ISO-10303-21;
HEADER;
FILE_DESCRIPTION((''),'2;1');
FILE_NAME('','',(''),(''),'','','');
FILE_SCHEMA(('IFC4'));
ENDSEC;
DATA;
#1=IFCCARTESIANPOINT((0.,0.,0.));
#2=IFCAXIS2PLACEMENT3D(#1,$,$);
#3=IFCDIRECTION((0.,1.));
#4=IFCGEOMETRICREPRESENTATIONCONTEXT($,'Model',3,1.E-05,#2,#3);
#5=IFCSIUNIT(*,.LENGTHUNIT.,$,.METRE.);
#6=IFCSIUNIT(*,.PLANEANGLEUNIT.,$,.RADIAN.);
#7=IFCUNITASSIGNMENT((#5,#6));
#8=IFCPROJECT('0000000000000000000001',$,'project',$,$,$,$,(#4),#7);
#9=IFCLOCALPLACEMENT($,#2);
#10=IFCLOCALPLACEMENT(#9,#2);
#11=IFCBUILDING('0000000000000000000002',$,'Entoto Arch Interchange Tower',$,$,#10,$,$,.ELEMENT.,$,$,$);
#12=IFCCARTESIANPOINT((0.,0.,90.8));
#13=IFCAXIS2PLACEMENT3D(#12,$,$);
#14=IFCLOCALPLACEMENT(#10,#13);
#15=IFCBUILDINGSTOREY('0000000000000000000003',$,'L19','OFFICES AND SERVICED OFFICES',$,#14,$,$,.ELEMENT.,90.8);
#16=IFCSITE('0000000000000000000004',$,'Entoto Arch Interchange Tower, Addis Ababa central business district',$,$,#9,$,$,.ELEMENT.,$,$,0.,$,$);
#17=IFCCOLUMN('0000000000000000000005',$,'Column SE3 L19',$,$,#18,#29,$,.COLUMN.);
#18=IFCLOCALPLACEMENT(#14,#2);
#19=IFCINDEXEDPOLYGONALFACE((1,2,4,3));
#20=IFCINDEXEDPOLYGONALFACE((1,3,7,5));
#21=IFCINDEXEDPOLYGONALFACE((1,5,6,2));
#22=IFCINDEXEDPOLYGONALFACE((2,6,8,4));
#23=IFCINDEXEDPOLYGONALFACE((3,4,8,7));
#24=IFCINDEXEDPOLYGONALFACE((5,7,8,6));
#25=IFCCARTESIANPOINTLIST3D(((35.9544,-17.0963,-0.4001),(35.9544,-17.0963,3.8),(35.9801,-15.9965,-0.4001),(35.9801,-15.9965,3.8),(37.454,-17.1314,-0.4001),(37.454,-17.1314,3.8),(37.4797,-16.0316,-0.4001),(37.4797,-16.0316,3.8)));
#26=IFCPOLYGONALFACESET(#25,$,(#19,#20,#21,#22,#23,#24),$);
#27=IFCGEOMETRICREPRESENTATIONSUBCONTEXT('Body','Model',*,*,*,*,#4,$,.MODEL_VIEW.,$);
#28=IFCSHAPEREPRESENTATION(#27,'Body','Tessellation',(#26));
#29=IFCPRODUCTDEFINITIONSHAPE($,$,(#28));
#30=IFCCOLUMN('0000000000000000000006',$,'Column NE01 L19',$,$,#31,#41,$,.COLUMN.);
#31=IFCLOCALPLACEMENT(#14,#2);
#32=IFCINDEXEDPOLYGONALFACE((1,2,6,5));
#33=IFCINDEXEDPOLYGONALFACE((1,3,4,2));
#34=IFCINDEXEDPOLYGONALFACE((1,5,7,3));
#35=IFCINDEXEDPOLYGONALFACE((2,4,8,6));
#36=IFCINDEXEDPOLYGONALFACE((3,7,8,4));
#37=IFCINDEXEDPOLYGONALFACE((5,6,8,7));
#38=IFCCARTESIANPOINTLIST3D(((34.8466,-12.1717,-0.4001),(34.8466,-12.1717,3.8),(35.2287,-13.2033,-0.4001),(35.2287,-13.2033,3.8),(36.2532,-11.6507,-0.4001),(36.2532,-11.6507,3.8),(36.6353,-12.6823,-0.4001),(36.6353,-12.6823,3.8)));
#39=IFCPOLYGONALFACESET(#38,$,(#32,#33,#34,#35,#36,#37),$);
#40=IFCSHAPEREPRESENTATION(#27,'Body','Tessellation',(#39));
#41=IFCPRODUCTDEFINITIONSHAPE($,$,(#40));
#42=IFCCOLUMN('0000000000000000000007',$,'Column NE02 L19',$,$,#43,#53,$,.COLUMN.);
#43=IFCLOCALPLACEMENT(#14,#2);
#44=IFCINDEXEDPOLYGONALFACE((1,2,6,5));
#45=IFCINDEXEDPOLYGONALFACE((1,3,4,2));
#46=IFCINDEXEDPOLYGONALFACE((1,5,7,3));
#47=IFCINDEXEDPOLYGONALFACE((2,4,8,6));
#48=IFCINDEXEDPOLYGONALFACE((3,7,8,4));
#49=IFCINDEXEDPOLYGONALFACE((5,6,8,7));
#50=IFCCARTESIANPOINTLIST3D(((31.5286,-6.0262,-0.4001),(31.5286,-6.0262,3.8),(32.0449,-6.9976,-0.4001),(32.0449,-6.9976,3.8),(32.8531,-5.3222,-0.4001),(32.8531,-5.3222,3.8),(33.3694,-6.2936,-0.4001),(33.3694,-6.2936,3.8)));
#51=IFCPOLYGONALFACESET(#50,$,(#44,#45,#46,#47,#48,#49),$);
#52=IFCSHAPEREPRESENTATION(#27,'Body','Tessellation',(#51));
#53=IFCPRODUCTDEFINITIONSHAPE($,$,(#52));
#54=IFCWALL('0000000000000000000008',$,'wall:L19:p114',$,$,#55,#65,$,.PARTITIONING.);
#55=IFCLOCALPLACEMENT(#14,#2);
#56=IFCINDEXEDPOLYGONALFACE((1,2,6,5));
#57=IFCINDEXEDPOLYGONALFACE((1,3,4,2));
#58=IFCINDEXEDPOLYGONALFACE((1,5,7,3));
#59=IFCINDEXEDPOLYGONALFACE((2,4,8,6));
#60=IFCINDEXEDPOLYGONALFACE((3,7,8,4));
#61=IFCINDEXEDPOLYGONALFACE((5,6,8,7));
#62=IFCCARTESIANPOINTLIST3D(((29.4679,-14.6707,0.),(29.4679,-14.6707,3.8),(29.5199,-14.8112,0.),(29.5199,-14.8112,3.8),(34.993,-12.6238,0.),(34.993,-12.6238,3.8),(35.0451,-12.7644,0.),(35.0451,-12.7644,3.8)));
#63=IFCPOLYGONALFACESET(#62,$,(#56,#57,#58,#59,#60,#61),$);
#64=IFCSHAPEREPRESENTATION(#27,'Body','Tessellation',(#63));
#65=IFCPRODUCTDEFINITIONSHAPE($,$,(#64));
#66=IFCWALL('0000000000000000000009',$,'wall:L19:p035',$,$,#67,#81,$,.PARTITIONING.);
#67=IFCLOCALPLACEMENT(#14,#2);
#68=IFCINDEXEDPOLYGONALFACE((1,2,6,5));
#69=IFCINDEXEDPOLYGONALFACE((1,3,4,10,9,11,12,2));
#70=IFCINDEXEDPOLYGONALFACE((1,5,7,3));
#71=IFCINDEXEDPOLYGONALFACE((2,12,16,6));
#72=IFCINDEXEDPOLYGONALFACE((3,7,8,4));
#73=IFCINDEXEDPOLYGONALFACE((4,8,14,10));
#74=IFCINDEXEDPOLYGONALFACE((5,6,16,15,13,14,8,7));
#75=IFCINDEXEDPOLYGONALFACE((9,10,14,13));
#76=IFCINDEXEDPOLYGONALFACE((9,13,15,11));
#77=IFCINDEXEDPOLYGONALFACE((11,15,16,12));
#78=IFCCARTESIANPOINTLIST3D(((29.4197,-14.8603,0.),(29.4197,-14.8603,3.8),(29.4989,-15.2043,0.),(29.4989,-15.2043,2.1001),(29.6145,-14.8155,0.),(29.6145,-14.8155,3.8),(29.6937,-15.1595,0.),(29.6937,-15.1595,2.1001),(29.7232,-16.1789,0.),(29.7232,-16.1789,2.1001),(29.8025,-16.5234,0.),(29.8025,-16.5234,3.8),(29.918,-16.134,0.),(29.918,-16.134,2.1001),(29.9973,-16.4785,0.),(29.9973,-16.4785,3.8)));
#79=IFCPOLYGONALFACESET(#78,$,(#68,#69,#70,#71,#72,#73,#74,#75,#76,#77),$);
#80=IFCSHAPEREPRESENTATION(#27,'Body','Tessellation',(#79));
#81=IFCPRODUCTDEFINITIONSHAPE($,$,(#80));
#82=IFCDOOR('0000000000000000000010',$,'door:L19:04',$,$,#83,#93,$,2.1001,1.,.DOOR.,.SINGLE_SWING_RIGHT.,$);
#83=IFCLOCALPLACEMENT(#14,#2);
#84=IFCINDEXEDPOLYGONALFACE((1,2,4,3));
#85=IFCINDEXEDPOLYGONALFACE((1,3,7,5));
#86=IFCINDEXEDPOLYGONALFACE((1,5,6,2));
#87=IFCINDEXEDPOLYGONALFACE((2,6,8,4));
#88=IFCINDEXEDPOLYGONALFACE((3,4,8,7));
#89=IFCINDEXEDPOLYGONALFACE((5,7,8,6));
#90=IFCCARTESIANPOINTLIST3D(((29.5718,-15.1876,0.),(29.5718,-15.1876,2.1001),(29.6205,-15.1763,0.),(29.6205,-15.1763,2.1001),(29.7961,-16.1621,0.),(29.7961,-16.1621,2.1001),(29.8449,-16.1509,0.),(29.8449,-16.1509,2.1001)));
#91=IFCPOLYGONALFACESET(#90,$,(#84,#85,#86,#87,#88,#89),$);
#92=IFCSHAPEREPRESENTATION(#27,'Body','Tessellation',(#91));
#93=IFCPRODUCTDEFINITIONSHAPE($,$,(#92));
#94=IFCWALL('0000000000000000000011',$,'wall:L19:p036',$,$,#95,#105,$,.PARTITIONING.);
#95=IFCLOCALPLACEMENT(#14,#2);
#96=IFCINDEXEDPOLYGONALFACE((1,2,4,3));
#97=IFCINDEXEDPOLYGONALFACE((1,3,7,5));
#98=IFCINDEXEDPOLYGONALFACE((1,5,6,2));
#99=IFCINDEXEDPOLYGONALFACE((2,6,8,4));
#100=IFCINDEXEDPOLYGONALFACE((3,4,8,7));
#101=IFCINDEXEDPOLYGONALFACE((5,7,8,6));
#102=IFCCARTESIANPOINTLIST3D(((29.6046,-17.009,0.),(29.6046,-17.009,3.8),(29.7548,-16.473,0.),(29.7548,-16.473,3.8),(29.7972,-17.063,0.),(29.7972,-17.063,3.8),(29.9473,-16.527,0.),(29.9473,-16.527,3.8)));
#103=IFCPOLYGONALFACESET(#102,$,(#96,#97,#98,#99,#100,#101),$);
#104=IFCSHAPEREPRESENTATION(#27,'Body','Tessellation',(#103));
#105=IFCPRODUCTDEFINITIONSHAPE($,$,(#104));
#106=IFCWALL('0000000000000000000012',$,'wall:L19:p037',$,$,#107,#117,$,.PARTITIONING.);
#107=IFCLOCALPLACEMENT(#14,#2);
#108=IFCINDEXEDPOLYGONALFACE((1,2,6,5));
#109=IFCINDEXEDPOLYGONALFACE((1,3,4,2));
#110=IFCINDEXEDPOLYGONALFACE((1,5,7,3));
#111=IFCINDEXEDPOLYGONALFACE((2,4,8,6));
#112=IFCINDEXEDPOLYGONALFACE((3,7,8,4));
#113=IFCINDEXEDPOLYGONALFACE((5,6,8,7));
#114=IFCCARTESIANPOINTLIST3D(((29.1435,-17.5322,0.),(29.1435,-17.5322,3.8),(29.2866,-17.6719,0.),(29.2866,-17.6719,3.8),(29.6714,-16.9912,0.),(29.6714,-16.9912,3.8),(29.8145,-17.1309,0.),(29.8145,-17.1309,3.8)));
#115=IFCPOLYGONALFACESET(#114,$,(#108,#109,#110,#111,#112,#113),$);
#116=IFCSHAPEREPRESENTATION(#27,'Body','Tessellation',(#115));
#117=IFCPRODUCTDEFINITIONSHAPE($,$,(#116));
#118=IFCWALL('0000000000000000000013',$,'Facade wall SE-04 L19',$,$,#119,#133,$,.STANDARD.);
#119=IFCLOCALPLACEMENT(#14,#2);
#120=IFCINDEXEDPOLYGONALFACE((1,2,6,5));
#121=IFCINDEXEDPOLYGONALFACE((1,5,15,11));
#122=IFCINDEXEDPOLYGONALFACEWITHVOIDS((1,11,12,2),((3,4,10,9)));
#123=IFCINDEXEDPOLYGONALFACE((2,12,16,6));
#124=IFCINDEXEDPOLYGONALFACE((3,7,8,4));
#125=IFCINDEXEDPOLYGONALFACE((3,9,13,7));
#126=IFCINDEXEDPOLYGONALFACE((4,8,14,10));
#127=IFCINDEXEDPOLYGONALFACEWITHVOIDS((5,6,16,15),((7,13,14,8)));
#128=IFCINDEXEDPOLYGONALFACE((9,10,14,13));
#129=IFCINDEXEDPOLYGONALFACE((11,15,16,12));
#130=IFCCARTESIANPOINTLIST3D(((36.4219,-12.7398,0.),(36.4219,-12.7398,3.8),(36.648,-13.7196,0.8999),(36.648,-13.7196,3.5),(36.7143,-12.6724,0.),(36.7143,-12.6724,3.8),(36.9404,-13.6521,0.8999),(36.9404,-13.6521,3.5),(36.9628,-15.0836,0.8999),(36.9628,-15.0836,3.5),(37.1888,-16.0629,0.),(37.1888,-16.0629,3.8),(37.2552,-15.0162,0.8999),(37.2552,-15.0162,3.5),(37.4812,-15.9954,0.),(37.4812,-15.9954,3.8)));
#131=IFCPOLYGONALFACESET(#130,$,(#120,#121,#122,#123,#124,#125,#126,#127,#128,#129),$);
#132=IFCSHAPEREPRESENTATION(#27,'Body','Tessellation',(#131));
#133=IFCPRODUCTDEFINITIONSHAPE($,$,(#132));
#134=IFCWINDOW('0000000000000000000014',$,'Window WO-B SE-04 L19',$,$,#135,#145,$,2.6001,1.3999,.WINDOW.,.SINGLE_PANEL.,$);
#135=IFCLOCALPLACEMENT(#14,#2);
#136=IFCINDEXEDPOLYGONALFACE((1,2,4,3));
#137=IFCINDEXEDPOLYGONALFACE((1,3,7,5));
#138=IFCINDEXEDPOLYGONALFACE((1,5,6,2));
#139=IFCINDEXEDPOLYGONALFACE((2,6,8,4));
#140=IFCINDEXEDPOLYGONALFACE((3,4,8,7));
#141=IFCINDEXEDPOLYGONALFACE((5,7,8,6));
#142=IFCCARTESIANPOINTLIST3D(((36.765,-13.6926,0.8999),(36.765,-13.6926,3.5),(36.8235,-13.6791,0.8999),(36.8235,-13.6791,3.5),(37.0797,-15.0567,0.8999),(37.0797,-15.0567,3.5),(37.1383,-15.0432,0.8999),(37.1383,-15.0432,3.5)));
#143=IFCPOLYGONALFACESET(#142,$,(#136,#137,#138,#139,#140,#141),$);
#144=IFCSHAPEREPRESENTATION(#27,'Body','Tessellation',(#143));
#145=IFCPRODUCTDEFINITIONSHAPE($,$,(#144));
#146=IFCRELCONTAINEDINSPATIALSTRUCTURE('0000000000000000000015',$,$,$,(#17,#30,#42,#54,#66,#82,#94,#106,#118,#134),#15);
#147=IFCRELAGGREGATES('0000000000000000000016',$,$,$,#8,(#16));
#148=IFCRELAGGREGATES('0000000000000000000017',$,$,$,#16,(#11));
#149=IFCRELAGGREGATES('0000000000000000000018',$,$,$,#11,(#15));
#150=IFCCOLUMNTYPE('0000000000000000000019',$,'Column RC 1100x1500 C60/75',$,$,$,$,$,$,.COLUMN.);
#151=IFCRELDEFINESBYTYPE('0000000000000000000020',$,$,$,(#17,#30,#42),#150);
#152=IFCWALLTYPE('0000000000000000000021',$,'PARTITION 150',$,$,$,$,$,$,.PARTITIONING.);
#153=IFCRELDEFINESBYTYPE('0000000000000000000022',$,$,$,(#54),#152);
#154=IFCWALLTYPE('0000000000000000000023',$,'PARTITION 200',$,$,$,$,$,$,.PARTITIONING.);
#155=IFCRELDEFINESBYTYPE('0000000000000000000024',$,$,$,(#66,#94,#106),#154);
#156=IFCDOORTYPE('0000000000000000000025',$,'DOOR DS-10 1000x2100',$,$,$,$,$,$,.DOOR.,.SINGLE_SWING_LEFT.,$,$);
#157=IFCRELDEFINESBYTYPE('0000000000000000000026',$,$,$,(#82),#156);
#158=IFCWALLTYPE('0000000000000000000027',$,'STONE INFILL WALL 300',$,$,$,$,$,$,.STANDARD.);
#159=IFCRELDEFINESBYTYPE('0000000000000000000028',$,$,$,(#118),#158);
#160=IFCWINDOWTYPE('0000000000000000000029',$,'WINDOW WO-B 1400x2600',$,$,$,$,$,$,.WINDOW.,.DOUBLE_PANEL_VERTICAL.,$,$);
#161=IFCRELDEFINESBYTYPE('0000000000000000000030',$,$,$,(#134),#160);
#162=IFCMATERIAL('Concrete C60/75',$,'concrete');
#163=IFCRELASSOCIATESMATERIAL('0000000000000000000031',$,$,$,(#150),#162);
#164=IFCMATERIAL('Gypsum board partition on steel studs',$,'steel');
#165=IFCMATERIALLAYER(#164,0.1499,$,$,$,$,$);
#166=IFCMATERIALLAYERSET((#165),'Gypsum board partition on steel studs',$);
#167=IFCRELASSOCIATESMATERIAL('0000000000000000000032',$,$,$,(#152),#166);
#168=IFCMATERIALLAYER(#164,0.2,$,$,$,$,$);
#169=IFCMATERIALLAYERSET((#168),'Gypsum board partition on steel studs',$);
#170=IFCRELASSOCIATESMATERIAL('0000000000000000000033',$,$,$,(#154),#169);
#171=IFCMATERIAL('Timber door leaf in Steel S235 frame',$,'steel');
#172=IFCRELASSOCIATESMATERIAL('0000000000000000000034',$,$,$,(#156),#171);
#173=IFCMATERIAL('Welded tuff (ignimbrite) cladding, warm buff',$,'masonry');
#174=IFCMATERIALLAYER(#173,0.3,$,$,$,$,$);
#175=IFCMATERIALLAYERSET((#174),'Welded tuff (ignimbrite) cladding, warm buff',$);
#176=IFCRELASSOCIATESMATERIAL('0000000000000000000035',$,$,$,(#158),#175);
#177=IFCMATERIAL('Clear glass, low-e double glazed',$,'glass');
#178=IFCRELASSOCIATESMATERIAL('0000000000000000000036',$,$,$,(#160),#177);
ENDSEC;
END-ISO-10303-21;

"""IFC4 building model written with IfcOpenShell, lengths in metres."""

from ifc_helpers import new_model, si_unit, direction, frame, frame_2d, origin, origin_2d, place, context, subcontext, project, spatial, rectangle, extrude, material, layer, layer_set, material_profile, profile_set, type_object, element, fill, save


model = new_model("IFC4")

# Units and contexts
model_context = context("Model", 3, precision=1e-05, world=origin(), true_north=direction((0.0, 1.0)))
body_context = subcontext(model_context, "Body", "Model", "MODEL_VIEW")
ifc_project = project(units=[si_unit("LENGTHUNIT", "METRE"), si_unit("PLANEANGLEUNIT", "RADIAN")], contexts=[model_context])

# Site, building, storey
site_placement = place(None, origin())
site = spatial("IfcSite", under=ifc_project, at=site_placement, Name="Entoto Arch Interchange Tower, Addis Ababa central business district", CompositionType="ELEMENT", RefElevation=0.0)
building_placement = place(site_placement, origin())
building = spatial("IfcBuilding", under=site, at=building_placement, Name="Entoto Arch Interchange Tower", CompositionType="ELEMENT")
storey_placement = place(building_placement, frame((0.0, 0.0, 90.8)))
storey = spatial("IfcBuildingStorey", under=building, at=storey_placement, Name="L19", Description="OFFICES AND SERVICED OFFICES", CompositionType="ELEMENT", Elevation=90.8)

# Columns
ifc_material_1 = material(Name="Concrete C60/75", Category="concrete")
ifc_material_profile = material_profile(ifc_material_1, rectangle(XDim=1.1001, YDim=1.5, at=origin_2d()))
ifc_profile_set = profile_set([ifc_material_profile], Name="Concrete C60/75")
column_type = type_object("IfcColumnType", Name="Column RC 1100x1500 C60/75", PredefinedType="COLUMN", material=ifc_profile_set)
for number, where, z_axis, x_axis, name in (
    (1, (36.717, -16.564, -0.4001), (0.0, 0.0, 1.0), (0.023385, 0.999727, 0.0), "Column SE3 L19"),
    (2, (35.741, -12.427, -0.4001), (0.0, 0.0, 1.0), (-0.347312, 0.93775, 0.0), "Column NE01 L19"),
    (3, (32.449, -6.1599, -0.4001), (0.0, 0.0, 1.0), (-0.469333, 0.883021, 0.0), "Column NE02 L19"),
):
    element("IfcColumn", number, at=place(storey_placement, frame(where, z_axis=z_axis, x_axis=x_axis)), inside=storey, type_object=column_type, Name=name, PredefinedType="COLUMN", context=body_context, shape_type="SweptSolid", body=[
        extrude(rectangle(XDim=1.1001, YDim=1.5, at=origin_2d()), origin(), (0.0, 0.0, 1.0), 4.2002),
    ])

# Wall
ifc_material_2 = material(Name="Gypsum board partition on steel studs", Category="steel")
ifc_layer_1 = layer(ifc_material_2, 0.1499)
ifc_layer_set_1 = layer_set([ifc_layer_1], Name="Gypsum board partition on steel studs")
wall_type_1 = type_object("IfcWallType", Name="PARTITION 150", PredefinedType="PARTITIONING", material=ifc_layer_set_1)
wall_1_placement = place(storey_placement, frame((29.4939, -14.741, 0.0), z_axis=(0.0, 0.0, 1.0), x_axis=(0.93772, 0.347393, 0.0)))
element("IfcWall", 4, at=wall_1_placement, inside=storey, type_object=wall_type_1, Name="wall:L19:p114", PredefinedType="PARTITIONING", context=body_context, shape_type="SweptSolid", body=[
    extrude(rectangle(XDim=5.8921, YDim=0.1499, at=frame_2d((2.946, 0.0))), origin(), (0.0, 0.0, 1.0), 3.8),
])

# Wall, opening, door
ifc_layer_2 = layer(ifc_material_2, 0.2)
ifc_layer_set_2 = layer_set([ifc_layer_2], Name="Gypsum board partition on steel studs")
wall_type_2 = type_object("IfcWallType", Name="PARTITION 200", PredefinedType="PARTITIONING", material=ifc_layer_set_2)
wall_2_placement = place(storey_placement, frame((29.5171, -14.8379, 0.0), z_axis=(0.0, 0.0, 1.0), x_axis=(0.224316, -0.974516, 0.0)))
wall_2 = element("IfcWall", 5, at=wall_2_placement, inside=storey, type_object=wall_type_2, Name="wall:L19:p035", PredefinedType="PARTITIONING", context=body_context, shape_type="SweptSolid", body=[
    extrude(rectangle(XDim=1.7065, YDim=0.2, at=frame_2d((0.8533, 0.0))), origin(), (0.0, 0.0, 1.0), 3.8),
])
opening_1_placement = place(wall_2_placement, frame((0.353, 0.0, 0.0)))
opening_1 = element("IfcOpeningElement", 6, at=opening_1_placement, cuts=wall_2, PredefinedType="OPENING", context=body_context, shape_type="SweptSolid", body=[
    extrude(rectangle(XDim=1.0, YDim=2.1001, at=frame_2d((0.5, 1.05))), frame((0.0, 0.1099, 0.0), z_axis=(0.0, -1.0, 0.0), x_axis=(1.0, 0.0, 0.0)), (0.0, 0.0, 1.0), 0.22),
])
ifc_material_3 = material(Name="Timber door leaf in Steel S235 frame", Category="steel")
door_type = type_object("IfcDoorType", Name="DOOR DS-10 1000x2100", OperationType="SINGLE_SWING_LEFT", PredefinedType="DOOR", material=ifc_material_3)
door_placement = place(opening_1_placement, origin())
door = element("IfcDoor", 7, at=door_placement, inside=storey, type_object=door_type, Name="door:L19:04", OperationType="SINGLE_SWING_RIGHT", OverallHeight=2.1001, OverallWidth=1.0, PredefinedType="DOOR", context=body_context, shape_type="SweptSolid", body=[
    extrude(rectangle(XDim=1.0, YDim=2.1001, at=frame_2d((0.5, 1.05))), frame((0.0, 0.0249, 0.0), z_axis=(0.0, -1.0, 0.0), x_axis=(1.0, 0.0, 0.0)), (0.0, 0.0, 1.0), 0.05),
])
fill(opening_1, door)

# Walls
wall_3_placement = place(storey_placement, frame((29.8511, -16.5, 0.0), z_axis=(0.0, 0.0, 1.0), x_axis=(-0.269793, -0.962918, 0.0)))
element("IfcWall", 8, at=wall_3_placement, inside=storey, type_object=wall_type_2, Name="wall:L19:p036", PredefinedType="PARTITIONING", context=body_context, shape_type="SweptSolid", body=[
    extrude(rectangle(XDim=0.5566, YDim=0.2, at=frame_2d((0.2783, 0.0))), origin(), (0.0, 0.0, 1.0), 3.8),
])
wall_4_placement = place(storey_placement, frame((29.7429, -17.061, 0.0), z_axis=(0.0, 0.0, 1.0), x_axis=(-0.698332, -0.715774, 0.0)))
element("IfcWall", 9, at=wall_4_placement, inside=storey, type_object=wall_type_2, Name="wall:L19:p037", PredefinedType="PARTITIONING", context=body_context, shape_type="SweptSolid", body=[
    extrude(rectangle(XDim=0.7559, YDim=0.2, at=frame_2d((0.3779, 0.0))), origin(), (0.0, 0.0, 1.0), 3.8),
])

# Wall, opening, window
ifc_material_4 = material(Name="Welded tuff (ignimbrite) cladding, warm buff", Category="masonry")
ifc_layer_3 = layer(ifc_material_4, 0.3)
ifc_layer_set_3 = layer_set([ifc_layer_3], Name="Welded tuff (ignimbrite) cladding, warm buff")
wall_type_3 = type_object("IfcWallType", Name="STONE INFILL WALL 300", PredefinedType="STANDARD", material=ifc_layer_set_3)
wall_5_placement = place(storey_placement, frame((37.335, -16.0291, 0.0), z_axis=(0.0, 0.0, 1.0), x_axis=(-0.22486, 0.974391, 0.0)))
wall_5 = element("IfcWall", 10, at=wall_5_placement, inside=storey, type_object=wall_type_3, Name="Facade wall SE-04 L19", PredefinedType="STANDARD", context=body_context, shape_type="SweptSolid", body=[
    extrude(rectangle(XDim=3.4104, YDim=0.3, at=frame_2d((1.7051, 0.0))), origin(), (0.0, 0.0, 1.0), 3.8),
])
opening_2_placement = place(wall_5_placement, frame((1.0049, 0.0, 0.8999)))
opening_2 = element("IfcOpeningElement", 11, at=opening_2_placement, cuts=wall_5, PredefinedType="OPENING", context=body_context, shape_type="SweptSolid", body=[
    extrude(rectangle(XDim=1.3999, YDim=2.6001, at=frame_2d((0.7, 1.3))), frame((0.0, 0.1602, 0.0), z_axis=(0.0, -1.0, 0.0), x_axis=(1.0, 0.0, 0.0)), (0.0, 0.0, 1.0), 0.3201),
])
ifc_material_5 = material(Name="Clear glass, low-e double glazed", Category="glass")
window_type_1 = type_object("IfcWindowType", Name="WINDOW WO-B 1400x2600", PartitioningType="DOUBLE_PANEL_VERTICAL", PredefinedType="WINDOW", material=ifc_material_5)
window_1_placement = place(opening_2_placement, origin())
window_1 = element("IfcWindow", 12, at=window_1_placement, inside=storey, type_object=window_type_1, Name="Window WO-B SE-04 L19", OverallHeight=2.6001, OverallWidth=1.3999, PartitioningType="SINGLE_PANEL", PredefinedType="WINDOW", context=body_context, shape_type="SweptSolid", body=[
    extrude(rectangle(XDim=1.3999, YDim=2.6001, at=frame_2d((0.7, 1.3))), frame((0.0, 0.03, 0.0), z_axis=(0.0, -1.0, 0.0), x_axis=(1.0, 0.0, 0.0)), (0.0, 0.0, 1.0), 0.0601),
])
fill(opening_2, window_1)

save(model, "model.ifc")
